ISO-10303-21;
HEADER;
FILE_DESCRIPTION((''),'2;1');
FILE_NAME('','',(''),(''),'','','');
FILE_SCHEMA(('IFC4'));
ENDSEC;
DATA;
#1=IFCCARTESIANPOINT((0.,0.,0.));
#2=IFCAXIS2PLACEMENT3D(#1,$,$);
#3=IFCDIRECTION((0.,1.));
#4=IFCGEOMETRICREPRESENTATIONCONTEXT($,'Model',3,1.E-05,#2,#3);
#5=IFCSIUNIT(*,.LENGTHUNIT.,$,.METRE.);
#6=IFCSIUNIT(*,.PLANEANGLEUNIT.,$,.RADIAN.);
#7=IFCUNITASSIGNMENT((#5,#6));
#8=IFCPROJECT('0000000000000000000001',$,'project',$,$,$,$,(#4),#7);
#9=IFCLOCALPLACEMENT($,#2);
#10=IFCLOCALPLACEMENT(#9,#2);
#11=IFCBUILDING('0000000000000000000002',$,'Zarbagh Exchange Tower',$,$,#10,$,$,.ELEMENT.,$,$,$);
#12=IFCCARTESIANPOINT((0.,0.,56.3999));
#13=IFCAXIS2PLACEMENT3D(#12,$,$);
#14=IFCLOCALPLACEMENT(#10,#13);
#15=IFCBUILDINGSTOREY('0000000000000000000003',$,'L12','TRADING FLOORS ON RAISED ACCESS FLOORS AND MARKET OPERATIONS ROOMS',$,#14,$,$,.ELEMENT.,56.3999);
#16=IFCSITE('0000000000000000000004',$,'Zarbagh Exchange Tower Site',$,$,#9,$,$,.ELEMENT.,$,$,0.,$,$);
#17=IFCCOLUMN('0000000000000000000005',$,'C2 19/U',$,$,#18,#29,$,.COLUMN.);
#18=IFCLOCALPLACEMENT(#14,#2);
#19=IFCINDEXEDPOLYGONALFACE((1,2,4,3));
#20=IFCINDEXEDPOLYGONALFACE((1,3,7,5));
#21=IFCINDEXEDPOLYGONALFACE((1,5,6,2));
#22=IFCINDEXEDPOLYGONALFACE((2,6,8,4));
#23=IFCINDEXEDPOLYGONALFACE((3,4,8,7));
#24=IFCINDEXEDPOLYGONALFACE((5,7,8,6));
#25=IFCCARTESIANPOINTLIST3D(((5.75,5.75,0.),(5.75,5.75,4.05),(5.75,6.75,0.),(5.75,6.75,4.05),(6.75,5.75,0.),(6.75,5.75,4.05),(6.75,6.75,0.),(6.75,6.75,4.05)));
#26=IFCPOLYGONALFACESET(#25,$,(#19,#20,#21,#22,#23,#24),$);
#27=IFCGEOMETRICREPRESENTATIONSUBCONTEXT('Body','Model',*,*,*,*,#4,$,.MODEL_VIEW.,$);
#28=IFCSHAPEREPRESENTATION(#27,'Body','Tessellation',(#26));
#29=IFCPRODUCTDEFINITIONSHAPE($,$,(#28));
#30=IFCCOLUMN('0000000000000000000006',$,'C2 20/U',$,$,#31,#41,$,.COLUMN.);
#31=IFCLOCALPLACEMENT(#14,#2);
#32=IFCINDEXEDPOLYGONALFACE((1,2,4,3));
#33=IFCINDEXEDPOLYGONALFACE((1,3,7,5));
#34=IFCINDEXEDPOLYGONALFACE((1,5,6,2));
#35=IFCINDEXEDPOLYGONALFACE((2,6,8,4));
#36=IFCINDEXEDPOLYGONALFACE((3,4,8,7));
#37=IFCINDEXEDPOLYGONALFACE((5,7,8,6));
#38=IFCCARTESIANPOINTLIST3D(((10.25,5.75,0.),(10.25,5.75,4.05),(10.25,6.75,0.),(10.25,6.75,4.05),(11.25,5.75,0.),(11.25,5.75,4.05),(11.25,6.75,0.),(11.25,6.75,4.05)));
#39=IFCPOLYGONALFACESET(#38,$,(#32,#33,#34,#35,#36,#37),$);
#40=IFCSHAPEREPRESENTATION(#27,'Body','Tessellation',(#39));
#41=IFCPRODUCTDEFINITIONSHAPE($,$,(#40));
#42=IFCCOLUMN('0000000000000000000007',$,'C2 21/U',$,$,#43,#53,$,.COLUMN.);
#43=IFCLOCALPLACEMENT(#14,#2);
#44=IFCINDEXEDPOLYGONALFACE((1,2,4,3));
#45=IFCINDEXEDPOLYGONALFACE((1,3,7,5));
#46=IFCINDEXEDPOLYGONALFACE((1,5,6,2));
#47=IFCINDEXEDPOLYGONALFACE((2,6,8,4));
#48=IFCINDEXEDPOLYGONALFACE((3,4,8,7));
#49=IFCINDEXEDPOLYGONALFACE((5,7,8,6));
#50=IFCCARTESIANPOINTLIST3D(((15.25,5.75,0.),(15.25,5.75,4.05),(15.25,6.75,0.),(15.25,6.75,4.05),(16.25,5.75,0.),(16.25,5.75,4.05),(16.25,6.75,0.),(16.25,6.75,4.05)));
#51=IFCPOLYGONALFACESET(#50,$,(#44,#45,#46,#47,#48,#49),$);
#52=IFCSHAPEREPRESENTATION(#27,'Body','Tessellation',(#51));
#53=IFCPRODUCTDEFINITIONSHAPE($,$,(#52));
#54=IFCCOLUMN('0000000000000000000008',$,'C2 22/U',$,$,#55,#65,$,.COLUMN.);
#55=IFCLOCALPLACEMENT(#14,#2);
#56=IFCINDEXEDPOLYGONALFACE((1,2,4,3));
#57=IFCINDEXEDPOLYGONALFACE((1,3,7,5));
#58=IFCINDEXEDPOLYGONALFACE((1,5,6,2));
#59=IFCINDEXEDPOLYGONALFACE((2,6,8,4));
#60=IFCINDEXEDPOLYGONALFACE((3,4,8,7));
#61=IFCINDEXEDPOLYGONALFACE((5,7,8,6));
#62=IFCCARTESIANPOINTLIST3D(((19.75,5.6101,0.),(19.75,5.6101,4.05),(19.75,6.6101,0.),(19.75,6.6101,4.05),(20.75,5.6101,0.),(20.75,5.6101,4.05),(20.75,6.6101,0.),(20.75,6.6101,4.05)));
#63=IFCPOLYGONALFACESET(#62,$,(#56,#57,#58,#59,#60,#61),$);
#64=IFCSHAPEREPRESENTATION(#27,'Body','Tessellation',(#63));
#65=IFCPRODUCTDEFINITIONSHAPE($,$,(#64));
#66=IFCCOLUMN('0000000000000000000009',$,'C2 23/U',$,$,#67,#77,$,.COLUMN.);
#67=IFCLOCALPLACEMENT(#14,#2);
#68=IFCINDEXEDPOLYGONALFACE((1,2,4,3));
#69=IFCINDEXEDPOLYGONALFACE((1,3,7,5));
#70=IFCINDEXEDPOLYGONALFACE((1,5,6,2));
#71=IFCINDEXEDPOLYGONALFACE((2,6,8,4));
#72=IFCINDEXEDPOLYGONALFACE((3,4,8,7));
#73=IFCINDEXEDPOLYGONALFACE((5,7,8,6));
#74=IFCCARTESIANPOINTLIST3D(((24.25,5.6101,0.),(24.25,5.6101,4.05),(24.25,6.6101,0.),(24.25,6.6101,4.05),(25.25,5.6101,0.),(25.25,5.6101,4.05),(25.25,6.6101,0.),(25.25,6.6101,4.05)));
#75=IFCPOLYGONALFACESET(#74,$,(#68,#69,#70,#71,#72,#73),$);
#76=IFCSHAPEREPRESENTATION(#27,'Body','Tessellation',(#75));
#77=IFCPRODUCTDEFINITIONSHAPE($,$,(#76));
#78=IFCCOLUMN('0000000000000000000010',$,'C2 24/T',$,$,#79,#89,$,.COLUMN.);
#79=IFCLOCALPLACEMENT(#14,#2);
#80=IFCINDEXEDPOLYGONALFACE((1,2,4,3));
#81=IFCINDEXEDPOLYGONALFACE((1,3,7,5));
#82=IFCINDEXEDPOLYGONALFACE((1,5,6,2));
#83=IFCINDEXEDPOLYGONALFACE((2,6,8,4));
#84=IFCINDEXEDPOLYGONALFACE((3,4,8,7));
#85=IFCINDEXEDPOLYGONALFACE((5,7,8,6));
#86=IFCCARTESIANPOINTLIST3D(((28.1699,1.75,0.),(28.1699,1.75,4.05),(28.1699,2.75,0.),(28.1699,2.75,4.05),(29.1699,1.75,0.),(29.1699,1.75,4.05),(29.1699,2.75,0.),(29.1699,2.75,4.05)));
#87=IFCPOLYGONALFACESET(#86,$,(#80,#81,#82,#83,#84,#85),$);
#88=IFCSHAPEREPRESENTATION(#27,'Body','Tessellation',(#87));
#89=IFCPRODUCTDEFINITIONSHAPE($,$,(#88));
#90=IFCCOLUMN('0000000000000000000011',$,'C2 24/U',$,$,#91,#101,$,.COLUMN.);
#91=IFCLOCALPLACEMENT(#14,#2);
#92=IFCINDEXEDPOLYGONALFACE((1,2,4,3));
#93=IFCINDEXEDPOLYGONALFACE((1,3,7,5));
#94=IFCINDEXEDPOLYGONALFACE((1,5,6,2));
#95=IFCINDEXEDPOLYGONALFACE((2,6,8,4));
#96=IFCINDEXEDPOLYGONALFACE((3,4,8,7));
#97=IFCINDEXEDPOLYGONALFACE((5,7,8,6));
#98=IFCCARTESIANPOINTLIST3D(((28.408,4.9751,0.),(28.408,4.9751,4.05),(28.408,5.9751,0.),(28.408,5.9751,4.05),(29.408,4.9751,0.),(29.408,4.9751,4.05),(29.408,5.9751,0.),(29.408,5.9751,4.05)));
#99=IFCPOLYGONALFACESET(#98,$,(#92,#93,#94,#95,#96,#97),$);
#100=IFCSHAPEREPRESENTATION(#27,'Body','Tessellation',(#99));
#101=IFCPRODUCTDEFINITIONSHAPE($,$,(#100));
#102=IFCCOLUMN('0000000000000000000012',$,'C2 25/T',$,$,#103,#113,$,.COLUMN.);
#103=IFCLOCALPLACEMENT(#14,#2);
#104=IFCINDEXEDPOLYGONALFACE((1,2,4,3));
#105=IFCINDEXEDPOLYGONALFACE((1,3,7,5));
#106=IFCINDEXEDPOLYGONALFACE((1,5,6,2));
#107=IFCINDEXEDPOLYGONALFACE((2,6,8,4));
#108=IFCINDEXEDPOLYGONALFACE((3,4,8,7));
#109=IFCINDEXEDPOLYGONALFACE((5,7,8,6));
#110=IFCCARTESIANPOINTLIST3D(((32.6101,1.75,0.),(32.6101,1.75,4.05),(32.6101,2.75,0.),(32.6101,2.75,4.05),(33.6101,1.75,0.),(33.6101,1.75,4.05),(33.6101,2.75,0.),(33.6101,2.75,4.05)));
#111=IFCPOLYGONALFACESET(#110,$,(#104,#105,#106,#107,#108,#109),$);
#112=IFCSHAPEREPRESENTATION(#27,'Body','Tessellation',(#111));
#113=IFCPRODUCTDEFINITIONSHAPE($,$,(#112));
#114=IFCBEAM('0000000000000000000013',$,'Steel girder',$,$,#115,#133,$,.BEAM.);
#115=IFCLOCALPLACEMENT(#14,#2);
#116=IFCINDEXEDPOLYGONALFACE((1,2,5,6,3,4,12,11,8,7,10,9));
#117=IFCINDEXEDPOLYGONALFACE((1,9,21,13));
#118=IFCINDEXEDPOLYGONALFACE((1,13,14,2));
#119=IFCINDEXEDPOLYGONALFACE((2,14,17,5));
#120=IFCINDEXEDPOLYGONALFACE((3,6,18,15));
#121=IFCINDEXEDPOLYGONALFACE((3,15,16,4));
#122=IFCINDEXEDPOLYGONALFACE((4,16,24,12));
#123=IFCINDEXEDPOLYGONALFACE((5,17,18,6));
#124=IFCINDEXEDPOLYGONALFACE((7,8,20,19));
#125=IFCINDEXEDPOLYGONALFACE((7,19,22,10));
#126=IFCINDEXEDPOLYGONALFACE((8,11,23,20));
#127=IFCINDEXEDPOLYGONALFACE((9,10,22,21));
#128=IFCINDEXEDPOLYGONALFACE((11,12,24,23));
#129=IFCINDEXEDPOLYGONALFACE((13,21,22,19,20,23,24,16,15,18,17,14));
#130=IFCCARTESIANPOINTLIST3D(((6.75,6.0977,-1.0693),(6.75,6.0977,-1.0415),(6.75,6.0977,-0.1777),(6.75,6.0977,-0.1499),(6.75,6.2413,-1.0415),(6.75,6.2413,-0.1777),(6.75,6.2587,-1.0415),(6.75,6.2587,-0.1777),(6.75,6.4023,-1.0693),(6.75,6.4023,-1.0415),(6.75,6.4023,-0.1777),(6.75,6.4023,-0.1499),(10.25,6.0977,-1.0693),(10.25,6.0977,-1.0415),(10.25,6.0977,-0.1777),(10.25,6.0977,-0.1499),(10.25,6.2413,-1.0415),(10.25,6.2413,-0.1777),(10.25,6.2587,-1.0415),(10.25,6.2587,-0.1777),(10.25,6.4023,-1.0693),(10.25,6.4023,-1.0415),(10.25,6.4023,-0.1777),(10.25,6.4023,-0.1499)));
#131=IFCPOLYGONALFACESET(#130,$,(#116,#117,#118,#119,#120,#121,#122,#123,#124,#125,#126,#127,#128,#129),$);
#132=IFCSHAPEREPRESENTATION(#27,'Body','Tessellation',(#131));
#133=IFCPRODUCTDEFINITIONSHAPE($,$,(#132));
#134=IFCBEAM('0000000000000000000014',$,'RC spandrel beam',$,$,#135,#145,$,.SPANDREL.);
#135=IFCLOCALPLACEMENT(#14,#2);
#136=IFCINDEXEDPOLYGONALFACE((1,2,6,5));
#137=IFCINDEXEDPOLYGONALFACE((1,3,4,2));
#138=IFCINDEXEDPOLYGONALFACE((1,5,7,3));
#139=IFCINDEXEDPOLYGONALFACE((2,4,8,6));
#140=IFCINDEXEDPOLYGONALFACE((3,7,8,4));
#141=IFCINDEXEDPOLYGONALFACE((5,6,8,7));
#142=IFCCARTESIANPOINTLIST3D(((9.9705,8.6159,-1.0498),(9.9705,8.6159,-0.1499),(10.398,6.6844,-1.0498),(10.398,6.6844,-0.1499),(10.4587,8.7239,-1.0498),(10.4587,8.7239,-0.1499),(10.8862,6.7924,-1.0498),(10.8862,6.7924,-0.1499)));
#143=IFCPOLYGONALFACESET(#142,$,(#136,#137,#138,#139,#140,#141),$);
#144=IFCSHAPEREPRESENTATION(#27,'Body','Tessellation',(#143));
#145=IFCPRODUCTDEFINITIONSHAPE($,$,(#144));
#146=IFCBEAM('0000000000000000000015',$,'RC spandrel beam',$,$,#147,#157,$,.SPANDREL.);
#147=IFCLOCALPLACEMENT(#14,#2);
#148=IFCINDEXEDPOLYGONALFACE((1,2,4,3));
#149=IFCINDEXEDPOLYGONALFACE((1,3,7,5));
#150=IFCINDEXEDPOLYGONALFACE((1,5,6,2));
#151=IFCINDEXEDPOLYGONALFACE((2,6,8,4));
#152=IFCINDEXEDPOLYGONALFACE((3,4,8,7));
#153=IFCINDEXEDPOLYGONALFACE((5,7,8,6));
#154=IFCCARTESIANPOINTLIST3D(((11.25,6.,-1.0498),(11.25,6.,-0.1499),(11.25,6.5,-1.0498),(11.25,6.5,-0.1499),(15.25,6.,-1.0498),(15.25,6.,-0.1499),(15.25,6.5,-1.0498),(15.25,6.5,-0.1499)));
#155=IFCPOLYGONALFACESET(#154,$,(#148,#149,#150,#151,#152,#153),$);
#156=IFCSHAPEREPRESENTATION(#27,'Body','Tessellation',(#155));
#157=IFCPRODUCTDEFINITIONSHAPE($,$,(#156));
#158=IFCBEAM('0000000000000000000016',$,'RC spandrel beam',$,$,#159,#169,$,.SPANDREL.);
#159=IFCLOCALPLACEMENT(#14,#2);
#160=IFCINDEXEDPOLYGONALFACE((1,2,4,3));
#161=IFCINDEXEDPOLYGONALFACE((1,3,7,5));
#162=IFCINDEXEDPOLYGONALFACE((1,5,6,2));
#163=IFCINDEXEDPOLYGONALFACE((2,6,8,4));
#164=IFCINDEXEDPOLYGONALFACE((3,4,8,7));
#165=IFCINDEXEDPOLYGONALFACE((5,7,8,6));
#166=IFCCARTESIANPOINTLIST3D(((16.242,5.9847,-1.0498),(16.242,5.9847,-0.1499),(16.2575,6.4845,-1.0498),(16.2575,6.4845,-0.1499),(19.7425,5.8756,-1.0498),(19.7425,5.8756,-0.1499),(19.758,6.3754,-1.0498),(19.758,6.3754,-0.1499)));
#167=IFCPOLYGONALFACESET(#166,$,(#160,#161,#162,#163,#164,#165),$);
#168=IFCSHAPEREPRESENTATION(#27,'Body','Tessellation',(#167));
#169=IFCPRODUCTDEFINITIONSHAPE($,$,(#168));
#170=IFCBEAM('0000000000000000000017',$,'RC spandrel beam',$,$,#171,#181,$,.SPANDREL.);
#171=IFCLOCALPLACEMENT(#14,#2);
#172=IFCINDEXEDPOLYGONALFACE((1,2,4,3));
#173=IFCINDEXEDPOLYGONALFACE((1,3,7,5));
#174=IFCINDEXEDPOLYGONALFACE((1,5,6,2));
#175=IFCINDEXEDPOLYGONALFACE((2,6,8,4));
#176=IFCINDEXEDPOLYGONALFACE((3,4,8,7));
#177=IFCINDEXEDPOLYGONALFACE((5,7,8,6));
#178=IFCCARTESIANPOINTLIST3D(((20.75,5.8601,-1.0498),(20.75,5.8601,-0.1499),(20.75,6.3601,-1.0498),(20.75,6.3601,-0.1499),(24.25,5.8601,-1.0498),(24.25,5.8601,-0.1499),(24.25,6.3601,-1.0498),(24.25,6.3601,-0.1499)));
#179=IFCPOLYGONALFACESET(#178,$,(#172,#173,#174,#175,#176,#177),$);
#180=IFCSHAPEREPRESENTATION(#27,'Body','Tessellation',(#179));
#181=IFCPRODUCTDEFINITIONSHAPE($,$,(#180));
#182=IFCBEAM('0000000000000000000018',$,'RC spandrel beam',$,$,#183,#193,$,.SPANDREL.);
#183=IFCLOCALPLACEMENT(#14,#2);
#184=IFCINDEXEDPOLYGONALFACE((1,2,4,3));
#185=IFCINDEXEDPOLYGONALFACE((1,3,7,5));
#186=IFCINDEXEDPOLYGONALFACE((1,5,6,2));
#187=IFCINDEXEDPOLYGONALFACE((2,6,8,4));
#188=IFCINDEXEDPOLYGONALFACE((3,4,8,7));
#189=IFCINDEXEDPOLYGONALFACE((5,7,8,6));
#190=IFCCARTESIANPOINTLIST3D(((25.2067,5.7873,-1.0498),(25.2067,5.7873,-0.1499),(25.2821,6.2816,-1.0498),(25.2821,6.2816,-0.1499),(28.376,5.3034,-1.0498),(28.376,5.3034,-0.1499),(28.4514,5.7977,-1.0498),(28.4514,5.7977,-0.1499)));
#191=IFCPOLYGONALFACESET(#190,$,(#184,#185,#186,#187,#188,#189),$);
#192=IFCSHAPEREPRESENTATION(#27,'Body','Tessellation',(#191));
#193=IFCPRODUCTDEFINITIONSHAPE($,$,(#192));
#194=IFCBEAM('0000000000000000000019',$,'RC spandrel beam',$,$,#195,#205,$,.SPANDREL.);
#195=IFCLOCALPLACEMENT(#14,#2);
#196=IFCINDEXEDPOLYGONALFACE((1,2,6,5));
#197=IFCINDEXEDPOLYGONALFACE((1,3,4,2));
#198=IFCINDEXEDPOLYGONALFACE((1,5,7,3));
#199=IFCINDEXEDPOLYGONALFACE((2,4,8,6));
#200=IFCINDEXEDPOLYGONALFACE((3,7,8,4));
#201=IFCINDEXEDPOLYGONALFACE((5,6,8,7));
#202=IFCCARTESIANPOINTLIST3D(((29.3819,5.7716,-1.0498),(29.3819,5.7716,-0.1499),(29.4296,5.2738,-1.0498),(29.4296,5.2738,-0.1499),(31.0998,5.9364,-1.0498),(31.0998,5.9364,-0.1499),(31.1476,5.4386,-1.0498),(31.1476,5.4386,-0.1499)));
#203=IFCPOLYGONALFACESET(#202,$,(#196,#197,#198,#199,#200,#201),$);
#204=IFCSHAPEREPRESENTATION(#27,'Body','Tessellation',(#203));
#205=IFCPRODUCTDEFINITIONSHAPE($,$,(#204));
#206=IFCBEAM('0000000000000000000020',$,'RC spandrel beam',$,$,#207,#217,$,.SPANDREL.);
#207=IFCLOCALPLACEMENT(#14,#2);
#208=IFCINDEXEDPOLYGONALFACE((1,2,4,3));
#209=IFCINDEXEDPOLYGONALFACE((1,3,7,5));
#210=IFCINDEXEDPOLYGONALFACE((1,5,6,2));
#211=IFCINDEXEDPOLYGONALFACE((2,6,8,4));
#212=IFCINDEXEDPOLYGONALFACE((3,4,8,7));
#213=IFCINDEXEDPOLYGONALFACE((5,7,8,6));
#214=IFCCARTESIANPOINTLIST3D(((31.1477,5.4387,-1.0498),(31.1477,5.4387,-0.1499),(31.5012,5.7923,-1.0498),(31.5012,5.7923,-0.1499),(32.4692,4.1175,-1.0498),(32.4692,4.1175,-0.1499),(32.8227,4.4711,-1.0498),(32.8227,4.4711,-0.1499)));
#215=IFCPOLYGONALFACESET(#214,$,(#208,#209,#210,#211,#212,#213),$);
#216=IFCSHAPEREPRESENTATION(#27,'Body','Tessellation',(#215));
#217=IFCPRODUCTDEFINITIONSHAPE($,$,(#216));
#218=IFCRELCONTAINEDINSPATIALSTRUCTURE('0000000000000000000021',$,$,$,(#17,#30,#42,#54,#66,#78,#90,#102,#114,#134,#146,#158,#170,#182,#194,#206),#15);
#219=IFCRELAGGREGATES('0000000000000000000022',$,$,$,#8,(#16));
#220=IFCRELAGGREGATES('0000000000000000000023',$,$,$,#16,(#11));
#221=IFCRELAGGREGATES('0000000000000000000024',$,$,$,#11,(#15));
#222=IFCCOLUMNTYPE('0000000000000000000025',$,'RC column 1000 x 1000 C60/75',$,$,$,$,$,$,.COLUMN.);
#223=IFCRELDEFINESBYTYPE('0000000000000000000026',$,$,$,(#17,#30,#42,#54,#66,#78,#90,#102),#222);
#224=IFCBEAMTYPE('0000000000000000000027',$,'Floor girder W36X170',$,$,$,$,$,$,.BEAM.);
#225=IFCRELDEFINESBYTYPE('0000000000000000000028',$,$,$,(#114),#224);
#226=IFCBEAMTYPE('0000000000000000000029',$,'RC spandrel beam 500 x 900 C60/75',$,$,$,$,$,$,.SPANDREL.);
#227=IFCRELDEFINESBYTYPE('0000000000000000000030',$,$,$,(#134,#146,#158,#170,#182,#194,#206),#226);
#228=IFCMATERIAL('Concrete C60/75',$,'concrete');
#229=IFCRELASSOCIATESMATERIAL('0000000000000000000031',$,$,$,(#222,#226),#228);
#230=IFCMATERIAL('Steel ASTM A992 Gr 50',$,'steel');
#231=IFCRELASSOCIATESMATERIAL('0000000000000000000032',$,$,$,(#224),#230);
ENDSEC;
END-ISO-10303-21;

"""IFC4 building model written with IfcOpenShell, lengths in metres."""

from ifc_helpers import new_model, si_unit, direction, frame, origin, origin_2d, place, context, subcontext, project, spatial, rectangle, i_section, extrude, material, material_profile, profile_set, type_object, element, save


model = new_model("IFC4")

# Units and contexts
model_context = context("Model", 3, precision=1e-05, world=origin(), true_north=direction((0.0, 1.0)))
body_context = subcontext(model_context, "Body", "Model", "MODEL_VIEW")
ifc_project = project(units=[si_unit("LENGTHUNIT", "METRE"), si_unit("PLANEANGLEUNIT", "RADIAN")], contexts=[model_context])

# Site, building, storey
site_placement = place(None, origin())
site = spatial("IfcSite", under=ifc_project, at=site_placement, Name="Zarbagh Exchange Tower Site", CompositionType="ELEMENT", RefElevation=0.0)
building_placement = place(site_placement, origin())
building = spatial("IfcBuilding", under=site, at=building_placement, Name="Zarbagh Exchange Tower", CompositionType="ELEMENT")
storey_placement = place(building_placement, frame((0.0, 0.0, 56.3999)))
storey = spatial("IfcBuildingStorey", under=building, at=storey_placement, Name="L12", Description="TRADING FLOORS ON RAISED ACCESS FLOORS AND MARKET OPERATIONS ROOMS", CompositionType="ELEMENT", Elevation=56.3999)

# Columns
ifc_material_1 = material(Name="Concrete C60/75", Category="concrete")
ifc_material_profile_1 = material_profile(ifc_material_1, rectangle(XDim=1.0, YDim=1.0, at=origin_2d()), Name="RC column 1000 x 1000 C60/75")
ifc_profile_set_1 = profile_set([ifc_material_profile_1], Name="Concrete C60/75")
column_type = type_object("IfcColumnType", Name="RC column 1000 x 1000 C60/75", PredefinedType="COLUMN", material=ifc_profile_set_1)
for number, where, z_axis, x_axis, name in (
    (1, (6.25, 6.25, 0.0), (0.0, 0.0, 1.0), (1.0, 0.0, 0.0), "C2 19/U"),
    (2, (10.75, 6.25, 0.0), (0.0, 0.0, 1.0), (1.0, 0.0, 0.0), "C2 20/U"),
    (3, (15.75, 6.25, 0.0), (0.0, 0.0, 1.0), (1.0, 0.0, 0.0), "C2 21/U"),
    (4, (20.25, 6.1101, 0.0), (0.0, 0.0, 1.0), (1.0, 0.0, 0.0), "C2 22/U"),
    (5, (24.75, 6.1101, 0.0), (0.0, 0.0, 1.0), (1.0, 0.0, 0.0), "C2 23/U"),
    (6, (28.6699, 2.25, 0.0), (0.0, 0.0, 1.0), (1.0, 0.0, 0.0), "C2 24/T"),
    (7, (28.908, 5.4751, 0.0), (0.0, 0.0, 1.0), (1.0, 0.0, 0.0), "C2 24/U"),
    (8, (33.1101, 2.25, 0.0), (0.0, 0.0, 1.0), (1.0, 0.0, 0.0), "C2 25/T"),
):
    element("IfcColumn", number, at=place(storey_placement, frame(where, z_axis=z_axis, x_axis=x_axis)), inside=storey, type_object=column_type, Name=name, PredefinedType="COLUMN", context=body_context, shape_type="SweptSolid", body=[
        extrude(rectangle(XDim=1.0, YDim=1.0, at=origin_2d()), origin(), (0.0, 0.0, 1.0), 4.05),
    ])

# Beams
ifc_material_2 = material(Name="Steel ASTM A992 Gr 50", Category="steel")
ifc_material_profile_2 = material_profile(ifc_material_2, i_section(OverallWidth=0.3047, OverallDepth=0.9194, WebThickness=0.0173, FlangeThickness=0.0278, at=origin_2d()), Name="W36X170")
ifc_profile_set_2 = profile_set([ifc_material_profile_2], Name="Steel ASTM A992 Gr 50")
beam_type_1 = type_object("IfcBeamType", Name="Floor girder W36X170", PredefinedType="BEAM", material=ifc_profile_set_2)
beam_1_placement = place(storey_placement, frame((6.75, 6.25, -0.6096), z_axis=(1.0, 0.0, 0.0), x_axis=(0.0, 1.0, 0.0)))
element("IfcBeam", 9, at=beam_1_placement, inside=storey, type_object=beam_type_1, Name="Steel girder", PredefinedType="BEAM", context=body_context, shape_type="SweptSolid", body=[
    extrude(i_section(OverallWidth=0.3047, OverallDepth=0.9194, WebThickness=0.0173, FlangeThickness=0.0278, at=origin_2d()), origin(), (0.0, 0.0, 1.0), 3.5),
])
ifc_material_profile_3 = material_profile(ifc_material_1, rectangle(XDim=0.5, YDim=0.8999, at=origin_2d()), Name="RC spandrel beam 500 x 900 C60/75")
ifc_profile_set_3 = profile_set([ifc_material_profile_3], Name="Concrete C60/75")
beam_type_2 = type_object("IfcBeamType", Name="RC spandrel beam 500 x 900 C60/75", PredefinedType="SPANDREL", material=ifc_profile_set_3)
beam_2_placement = place(storey_placement, frame((10.2146, 8.6699, -0.5999), z_axis=(0.216081, -0.976375, 0.0), x_axis=(0.976375, 0.216081, 0.0)))
element("IfcBeam", 10, at=beam_2_placement, inside=storey, type_object=beam_type_2, Name="RC spandrel beam", PredefinedType="SPANDREL", context=body_context, shape_type="SweptSolid", body=[
    extrude(rectangle(XDim=0.5, YDim=0.8999, at=origin_2d()), origin(), (0.0, 0.0, 1.0), 1.9783),
])
beam_3_placement = place(storey_placement, frame((11.25, 6.25, -0.5999), z_axis=(1.0, 0.0, 0.0), x_axis=(0.0, 1.0, 0.0)))
element("IfcBeam", 11, at=beam_3_placement, inside=storey, type_object=beam_type_2, Name="RC spandrel beam", PredefinedType="SPANDREL", context=body_context, shape_type="SweptSolid", body=[
    extrude(rectangle(XDim=0.5, YDim=0.8999, at=origin_2d()), origin(), (0.0, 0.0, 1.0), 4.0),
])
beam_4_placement = place(storey_placement, frame((16.2498, 6.2346, -0.5999), z_axis=(0.999514, -0.031161, 0.0), x_axis=(0.031161, 0.999514, 0.0)))
element("IfcBeam", 12, at=beam_4_placement, inside=storey, type_object=beam_type_2, Name="RC spandrel beam", PredefinedType="SPANDREL", context=body_context, shape_type="SweptSolid", body=[
    extrude(rectangle(XDim=0.5, YDim=0.8999, at=origin_2d()), origin(), (0.0, 0.0, 1.0), 3.5022),
])
beam_5_placement = place(storey_placement, frame((20.75, 6.1101, -0.5999), z_axis=(1.0, 0.0, 0.0), x_axis=(0.0, 1.0, 0.0)))
element("IfcBeam", 13, at=beam_5_placement, inside=storey, type_object=beam_type_2, Name="RC spandrel beam", PredefinedType="SPANDREL", context=body_context, shape_type="SweptSolid", body=[
    extrude(rectangle(XDim=0.5, YDim=0.8999, at=origin_2d()), origin(), (0.0, 0.0, 1.0), 3.5),
])
beam_6_placement = place(storey_placement, frame((25.2444, 6.0344, -0.5999), z_axis=(0.988545, -0.150924, 0.0), x_axis=(0.150924, 0.988545, 0.0)))
element("IfcBeam", 14, at=beam_6_placement, inside=storey, type_object=beam_type_2, Name="RC spandrel beam", PredefinedType="SPANDREL", context=body_context, shape_type="SweptSolid", body=[
    extrude(rectangle(XDim=0.5, YDim=0.8999, at=origin_2d()), origin(), (0.0, 0.0, 1.0), 3.2061),
])
beam_7_placement = place(storey_placement, frame((29.4058, 5.5227, -0.5999), z_axis=(0.995431, 0.095483, 0.0), x_axis=(-0.095483, 0.995431, 0.0)))
element("IfcBeam", 15, at=beam_7_placement, inside=storey, type_object=beam_type_2, Name="RC spandrel beam", PredefinedType="SPANDREL", context=body_context, shape_type="SweptSolid", body=[
    extrude(rectangle(XDim=0.5, YDim=0.8999, at=origin_2d()), origin(), (0.0, 0.0, 1.0), 1.7258),
])
beam_8_placement = place(storey_placement, frame((31.3245, 5.6155, -0.5999), z_axis=(0.707172, -0.707041, 0.0), x_axis=(0.707041, 0.707172, 0.0)))
element("IfcBeam", 16, at=beam_8_placement, inside=storey, type_object=beam_type_2, Name="RC spandrel beam", PredefinedType="SPANDREL", context=body_context, shape_type="SweptSolid", body=[
    extrude(rectangle(XDim=0.5, YDim=0.8999, at=origin_2d()), origin(), (0.0, 0.0, 1.0), 1.8687),
])

save(model, "model.ifc")
